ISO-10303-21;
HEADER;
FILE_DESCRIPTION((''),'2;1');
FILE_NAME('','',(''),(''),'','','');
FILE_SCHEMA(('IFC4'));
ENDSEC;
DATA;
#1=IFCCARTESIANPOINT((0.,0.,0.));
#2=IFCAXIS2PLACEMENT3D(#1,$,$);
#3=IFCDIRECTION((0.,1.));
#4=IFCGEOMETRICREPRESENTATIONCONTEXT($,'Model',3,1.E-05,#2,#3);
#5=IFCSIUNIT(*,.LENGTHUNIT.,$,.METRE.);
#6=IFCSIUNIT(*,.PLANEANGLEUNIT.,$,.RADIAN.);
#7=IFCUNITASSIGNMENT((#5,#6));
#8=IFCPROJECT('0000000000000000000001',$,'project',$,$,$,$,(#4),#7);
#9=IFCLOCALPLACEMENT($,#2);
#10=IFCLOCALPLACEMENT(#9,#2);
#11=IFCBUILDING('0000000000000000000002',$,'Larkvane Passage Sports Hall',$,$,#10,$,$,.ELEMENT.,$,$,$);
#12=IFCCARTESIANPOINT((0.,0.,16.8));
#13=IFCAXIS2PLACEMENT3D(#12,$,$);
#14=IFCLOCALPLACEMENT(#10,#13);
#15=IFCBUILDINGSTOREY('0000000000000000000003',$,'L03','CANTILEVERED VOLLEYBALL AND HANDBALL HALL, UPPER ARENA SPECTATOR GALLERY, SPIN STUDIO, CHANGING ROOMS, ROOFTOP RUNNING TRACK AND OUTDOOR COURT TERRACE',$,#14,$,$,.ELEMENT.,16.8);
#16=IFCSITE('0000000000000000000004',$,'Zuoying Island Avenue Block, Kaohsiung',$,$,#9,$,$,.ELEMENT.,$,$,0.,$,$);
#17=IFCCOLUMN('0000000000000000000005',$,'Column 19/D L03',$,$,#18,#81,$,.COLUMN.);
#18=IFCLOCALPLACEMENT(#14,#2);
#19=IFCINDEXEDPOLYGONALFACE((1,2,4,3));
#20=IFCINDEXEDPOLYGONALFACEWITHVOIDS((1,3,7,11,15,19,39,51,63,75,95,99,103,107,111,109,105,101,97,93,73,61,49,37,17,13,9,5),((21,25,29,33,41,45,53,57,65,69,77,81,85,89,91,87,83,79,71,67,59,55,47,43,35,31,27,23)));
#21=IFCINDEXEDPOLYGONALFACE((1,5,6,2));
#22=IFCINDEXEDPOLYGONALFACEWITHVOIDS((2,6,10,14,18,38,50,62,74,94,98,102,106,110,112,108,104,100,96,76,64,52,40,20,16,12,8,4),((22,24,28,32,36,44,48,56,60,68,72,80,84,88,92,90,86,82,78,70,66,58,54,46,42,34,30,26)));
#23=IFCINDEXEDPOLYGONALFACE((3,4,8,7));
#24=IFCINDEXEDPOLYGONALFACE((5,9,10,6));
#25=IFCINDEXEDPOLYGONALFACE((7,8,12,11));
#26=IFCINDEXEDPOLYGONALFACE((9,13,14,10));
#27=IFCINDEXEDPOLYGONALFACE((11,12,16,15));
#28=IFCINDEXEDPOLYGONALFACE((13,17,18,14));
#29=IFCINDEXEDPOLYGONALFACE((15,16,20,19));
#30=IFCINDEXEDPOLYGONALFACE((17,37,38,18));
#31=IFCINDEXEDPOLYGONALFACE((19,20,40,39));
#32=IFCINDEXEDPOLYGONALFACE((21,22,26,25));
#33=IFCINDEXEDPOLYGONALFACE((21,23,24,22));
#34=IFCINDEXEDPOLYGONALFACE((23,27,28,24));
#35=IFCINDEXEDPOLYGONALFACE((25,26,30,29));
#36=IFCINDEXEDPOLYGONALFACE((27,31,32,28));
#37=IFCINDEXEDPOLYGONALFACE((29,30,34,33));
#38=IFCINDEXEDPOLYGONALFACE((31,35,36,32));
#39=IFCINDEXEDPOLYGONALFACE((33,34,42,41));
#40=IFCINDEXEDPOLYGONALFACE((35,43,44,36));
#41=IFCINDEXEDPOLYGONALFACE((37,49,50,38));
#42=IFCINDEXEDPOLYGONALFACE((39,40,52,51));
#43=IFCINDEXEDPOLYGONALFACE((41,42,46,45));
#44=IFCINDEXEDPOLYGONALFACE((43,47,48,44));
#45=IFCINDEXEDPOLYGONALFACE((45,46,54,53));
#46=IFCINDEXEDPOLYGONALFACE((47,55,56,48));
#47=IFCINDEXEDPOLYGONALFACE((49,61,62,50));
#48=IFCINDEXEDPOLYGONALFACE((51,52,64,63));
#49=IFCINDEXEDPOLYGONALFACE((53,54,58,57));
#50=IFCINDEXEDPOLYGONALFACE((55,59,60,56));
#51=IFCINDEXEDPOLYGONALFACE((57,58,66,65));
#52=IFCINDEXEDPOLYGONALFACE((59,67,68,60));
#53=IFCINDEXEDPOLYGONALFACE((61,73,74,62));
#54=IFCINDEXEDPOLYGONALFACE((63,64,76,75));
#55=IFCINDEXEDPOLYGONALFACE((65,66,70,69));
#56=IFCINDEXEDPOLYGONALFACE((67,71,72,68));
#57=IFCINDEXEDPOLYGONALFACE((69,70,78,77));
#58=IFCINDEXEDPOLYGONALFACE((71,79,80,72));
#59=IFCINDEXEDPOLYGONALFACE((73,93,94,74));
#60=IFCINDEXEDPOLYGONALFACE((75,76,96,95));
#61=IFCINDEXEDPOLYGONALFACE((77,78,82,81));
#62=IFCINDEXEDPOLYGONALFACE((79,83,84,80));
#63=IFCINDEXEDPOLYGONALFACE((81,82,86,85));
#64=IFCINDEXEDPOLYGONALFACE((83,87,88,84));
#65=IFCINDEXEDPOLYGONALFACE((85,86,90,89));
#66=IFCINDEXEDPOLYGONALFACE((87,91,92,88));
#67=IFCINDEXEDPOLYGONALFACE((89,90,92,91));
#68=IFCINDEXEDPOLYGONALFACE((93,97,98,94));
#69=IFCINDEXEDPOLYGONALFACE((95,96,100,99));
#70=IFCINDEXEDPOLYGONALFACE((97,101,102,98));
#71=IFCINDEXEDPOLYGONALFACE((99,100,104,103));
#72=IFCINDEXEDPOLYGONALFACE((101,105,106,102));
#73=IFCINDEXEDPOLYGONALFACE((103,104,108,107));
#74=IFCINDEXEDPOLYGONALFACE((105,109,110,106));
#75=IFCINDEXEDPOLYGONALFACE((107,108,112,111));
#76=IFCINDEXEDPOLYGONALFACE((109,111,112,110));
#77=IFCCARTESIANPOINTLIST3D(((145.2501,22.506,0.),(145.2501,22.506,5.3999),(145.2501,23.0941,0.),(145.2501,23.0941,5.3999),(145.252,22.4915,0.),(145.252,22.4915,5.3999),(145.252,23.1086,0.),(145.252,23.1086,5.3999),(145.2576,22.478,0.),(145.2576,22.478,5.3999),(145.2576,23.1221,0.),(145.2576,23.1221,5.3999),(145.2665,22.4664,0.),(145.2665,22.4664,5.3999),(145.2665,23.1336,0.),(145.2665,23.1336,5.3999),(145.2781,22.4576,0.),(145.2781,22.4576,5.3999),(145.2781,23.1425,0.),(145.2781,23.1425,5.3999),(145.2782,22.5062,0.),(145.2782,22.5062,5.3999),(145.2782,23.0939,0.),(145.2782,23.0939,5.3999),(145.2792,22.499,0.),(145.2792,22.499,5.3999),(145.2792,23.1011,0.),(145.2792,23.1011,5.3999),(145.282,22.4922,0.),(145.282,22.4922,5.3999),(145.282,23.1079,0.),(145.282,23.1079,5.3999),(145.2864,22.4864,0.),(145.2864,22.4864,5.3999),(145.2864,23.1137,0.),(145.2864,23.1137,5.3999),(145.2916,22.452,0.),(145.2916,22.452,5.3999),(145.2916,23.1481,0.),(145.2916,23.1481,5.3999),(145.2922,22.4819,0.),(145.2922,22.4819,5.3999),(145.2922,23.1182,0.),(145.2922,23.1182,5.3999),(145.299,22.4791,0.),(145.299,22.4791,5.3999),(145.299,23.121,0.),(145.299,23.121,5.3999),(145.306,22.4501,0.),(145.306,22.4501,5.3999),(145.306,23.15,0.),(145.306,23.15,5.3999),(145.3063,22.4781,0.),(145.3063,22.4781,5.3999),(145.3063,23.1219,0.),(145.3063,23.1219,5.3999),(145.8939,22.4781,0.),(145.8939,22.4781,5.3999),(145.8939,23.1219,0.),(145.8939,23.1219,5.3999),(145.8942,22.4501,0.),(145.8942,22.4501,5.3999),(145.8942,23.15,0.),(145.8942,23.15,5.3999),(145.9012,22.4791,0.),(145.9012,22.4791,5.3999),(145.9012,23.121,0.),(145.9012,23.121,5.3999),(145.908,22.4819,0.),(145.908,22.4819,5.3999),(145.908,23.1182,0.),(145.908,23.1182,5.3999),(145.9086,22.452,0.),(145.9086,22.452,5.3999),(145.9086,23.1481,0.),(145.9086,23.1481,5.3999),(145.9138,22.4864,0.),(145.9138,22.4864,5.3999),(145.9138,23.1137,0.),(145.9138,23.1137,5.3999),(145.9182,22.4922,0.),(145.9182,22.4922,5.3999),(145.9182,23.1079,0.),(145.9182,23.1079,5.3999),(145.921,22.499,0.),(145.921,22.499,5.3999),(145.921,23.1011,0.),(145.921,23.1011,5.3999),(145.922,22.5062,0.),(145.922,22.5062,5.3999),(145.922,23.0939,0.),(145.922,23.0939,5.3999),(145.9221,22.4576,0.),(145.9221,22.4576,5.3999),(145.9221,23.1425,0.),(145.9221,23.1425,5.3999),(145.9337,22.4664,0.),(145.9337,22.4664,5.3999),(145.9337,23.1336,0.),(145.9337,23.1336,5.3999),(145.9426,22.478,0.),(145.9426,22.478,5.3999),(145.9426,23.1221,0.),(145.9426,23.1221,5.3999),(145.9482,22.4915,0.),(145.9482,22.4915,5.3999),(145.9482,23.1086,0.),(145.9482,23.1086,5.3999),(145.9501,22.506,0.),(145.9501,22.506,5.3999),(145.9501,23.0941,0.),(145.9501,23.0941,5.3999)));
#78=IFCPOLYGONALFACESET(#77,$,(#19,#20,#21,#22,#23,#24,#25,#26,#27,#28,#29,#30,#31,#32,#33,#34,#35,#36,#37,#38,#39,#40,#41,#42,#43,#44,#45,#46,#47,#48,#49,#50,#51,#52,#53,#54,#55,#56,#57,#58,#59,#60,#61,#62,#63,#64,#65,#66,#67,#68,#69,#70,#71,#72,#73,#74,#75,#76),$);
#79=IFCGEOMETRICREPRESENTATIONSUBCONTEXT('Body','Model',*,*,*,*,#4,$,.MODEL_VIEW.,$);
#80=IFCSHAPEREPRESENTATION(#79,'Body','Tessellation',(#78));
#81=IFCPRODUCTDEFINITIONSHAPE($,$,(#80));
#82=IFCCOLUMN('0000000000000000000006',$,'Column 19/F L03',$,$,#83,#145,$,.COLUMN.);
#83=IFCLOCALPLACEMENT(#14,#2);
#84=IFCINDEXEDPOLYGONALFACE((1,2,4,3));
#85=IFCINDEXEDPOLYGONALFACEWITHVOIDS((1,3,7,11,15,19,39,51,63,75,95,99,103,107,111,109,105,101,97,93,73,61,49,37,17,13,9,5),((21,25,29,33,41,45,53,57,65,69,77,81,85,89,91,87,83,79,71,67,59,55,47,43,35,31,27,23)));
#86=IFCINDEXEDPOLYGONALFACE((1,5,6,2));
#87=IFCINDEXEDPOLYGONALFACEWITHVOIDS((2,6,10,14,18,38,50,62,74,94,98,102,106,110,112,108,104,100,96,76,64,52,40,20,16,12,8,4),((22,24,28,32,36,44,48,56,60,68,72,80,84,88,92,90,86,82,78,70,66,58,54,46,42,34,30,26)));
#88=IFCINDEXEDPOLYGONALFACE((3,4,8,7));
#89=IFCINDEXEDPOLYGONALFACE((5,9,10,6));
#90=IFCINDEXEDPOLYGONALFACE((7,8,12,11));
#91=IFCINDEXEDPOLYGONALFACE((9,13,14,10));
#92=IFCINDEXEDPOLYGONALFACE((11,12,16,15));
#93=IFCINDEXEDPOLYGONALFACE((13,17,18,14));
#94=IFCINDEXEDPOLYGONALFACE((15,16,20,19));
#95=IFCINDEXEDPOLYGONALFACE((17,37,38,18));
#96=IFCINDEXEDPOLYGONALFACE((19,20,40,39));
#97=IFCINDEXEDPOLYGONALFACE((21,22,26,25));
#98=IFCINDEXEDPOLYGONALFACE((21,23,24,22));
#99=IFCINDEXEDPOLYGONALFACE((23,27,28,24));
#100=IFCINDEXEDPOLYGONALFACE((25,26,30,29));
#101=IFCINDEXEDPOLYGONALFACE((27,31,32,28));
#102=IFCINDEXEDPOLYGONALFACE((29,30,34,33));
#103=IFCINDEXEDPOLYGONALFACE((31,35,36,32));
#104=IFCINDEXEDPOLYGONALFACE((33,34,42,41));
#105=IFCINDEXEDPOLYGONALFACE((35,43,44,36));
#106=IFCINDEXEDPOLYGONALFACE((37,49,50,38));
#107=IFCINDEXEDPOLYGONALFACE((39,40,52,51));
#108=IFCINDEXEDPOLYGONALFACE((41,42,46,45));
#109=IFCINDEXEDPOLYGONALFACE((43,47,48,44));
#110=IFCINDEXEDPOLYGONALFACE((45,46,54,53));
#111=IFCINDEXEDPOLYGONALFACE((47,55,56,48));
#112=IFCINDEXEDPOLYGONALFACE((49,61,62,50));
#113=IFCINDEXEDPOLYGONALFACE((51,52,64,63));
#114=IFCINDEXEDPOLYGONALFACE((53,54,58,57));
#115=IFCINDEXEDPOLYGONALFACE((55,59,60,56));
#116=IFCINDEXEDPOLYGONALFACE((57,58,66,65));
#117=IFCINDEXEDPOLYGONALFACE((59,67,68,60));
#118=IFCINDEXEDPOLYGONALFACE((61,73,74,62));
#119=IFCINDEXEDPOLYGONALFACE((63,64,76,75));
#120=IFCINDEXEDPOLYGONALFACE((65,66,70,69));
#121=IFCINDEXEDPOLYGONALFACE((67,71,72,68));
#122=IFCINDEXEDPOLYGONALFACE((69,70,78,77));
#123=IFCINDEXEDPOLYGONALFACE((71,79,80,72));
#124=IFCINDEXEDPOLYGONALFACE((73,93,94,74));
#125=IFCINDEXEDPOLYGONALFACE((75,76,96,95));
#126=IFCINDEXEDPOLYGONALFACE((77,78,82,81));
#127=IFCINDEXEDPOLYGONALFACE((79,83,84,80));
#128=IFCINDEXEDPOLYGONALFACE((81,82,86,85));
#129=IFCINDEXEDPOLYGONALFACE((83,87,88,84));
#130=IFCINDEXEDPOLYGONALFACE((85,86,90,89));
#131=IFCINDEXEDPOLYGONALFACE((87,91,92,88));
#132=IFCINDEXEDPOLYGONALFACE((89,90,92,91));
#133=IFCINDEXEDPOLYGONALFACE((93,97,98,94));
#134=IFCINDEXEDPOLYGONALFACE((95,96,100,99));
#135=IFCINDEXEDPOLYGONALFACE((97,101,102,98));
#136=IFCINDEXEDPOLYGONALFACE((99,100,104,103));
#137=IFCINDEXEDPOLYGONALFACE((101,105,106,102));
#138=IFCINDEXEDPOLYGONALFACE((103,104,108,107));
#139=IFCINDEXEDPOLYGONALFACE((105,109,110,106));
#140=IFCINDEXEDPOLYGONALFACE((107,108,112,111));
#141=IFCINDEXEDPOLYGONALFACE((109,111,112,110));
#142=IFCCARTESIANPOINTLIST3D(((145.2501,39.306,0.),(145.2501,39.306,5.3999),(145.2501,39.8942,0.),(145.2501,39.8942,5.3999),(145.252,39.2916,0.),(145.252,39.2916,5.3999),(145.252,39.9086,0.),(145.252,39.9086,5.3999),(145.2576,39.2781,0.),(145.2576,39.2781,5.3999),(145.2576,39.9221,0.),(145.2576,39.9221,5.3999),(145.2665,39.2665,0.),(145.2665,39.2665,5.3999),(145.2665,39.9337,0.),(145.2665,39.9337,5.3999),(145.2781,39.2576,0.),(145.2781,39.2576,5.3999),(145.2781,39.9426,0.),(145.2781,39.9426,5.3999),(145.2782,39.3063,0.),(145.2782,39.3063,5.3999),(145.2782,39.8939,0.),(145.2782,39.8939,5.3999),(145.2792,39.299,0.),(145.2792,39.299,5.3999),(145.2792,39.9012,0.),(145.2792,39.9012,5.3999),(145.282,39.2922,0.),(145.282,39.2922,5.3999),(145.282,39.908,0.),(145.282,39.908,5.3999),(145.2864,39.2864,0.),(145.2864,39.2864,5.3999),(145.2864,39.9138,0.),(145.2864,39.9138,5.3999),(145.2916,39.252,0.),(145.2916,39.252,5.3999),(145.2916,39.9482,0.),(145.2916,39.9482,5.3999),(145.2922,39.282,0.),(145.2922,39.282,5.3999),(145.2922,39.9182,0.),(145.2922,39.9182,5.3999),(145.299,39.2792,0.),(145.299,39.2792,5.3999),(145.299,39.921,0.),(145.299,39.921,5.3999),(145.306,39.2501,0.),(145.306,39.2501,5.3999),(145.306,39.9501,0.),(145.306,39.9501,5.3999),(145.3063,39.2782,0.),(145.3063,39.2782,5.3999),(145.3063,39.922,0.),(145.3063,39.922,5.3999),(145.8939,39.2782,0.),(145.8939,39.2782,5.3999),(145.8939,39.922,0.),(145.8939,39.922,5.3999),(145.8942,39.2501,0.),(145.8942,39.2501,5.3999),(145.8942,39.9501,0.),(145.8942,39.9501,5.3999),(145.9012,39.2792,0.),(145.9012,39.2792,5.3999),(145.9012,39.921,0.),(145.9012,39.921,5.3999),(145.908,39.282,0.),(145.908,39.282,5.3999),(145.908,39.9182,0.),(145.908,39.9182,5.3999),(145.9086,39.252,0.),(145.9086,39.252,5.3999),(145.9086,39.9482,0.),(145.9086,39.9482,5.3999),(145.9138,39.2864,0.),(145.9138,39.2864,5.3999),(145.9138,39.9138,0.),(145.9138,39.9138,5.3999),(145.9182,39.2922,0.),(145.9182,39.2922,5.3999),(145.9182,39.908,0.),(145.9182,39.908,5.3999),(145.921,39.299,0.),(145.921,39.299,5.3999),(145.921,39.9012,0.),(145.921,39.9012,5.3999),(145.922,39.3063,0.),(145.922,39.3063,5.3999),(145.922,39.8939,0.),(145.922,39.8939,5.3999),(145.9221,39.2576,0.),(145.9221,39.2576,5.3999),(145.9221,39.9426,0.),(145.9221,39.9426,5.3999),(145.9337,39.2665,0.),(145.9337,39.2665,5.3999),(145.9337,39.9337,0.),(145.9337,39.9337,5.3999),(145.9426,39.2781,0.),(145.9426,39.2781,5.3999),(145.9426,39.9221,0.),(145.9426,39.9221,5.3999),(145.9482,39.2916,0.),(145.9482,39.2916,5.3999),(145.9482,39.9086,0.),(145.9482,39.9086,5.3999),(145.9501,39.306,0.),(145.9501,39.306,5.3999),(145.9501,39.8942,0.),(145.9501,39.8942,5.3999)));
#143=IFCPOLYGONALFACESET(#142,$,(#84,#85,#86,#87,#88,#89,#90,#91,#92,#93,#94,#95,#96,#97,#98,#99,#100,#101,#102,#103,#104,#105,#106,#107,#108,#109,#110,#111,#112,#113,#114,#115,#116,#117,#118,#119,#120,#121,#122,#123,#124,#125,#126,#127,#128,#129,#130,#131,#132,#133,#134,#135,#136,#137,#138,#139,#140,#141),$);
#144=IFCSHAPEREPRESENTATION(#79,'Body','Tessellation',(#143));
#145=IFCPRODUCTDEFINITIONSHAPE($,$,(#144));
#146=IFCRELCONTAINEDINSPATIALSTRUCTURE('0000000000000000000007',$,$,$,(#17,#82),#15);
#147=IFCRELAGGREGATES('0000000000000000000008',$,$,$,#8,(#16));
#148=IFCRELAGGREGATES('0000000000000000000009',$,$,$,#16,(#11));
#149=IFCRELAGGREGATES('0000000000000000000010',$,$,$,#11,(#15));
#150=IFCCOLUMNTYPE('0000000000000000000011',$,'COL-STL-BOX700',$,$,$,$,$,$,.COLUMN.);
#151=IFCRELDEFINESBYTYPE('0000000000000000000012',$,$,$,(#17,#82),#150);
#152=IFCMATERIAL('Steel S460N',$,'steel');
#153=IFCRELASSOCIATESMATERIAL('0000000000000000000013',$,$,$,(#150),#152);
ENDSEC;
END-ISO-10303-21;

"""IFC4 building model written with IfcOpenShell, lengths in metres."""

from ifc_helpers import new_model, si_unit, direction, frame, origin, origin_2d, place, context, subcontext, project, spatial, hollow_rectangle, extrude, material, material_profile, profile_set, type_object, element, save


model = new_model("IFC4")

# Units and contexts
model_context = context("Model", 3, precision=1e-05, world=origin(), true_north=direction((0.0, 1.0)))
body_context = subcontext(model_context, "Body", "Model", "MODEL_VIEW")
ifc_project = project(units=[si_unit("LENGTHUNIT", "METRE"), si_unit("PLANEANGLEUNIT", "RADIAN")], contexts=[model_context])

# Site, building, storey
site_placement = place(None, origin())
site = spatial("IfcSite", under=ifc_project, at=site_placement, Name="Zuoying Island Avenue Block, Kaohsiung", CompositionType="ELEMENT", RefElevation=0.0)
building_placement = place(site_placement, origin())
building = spatial("IfcBuilding", under=site, at=building_placement, Name="Larkvane Passage Sports Hall", CompositionType="ELEMENT")
storey_placement = place(building_placement, frame((0.0, 0.0, 16.8)))
storey = spatial("IfcBuildingStorey", under=building, at=storey_placement, Name="L03", Description="CANTILEVERED VOLLEYBALL AND HANDBALL HALL, UPPER ARENA SPECTATOR GALLERY, SPIN STUDIO, CHANGING ROOMS, ROOFTOP RUNNING TRACK AND OUTDOOR COURT TERRACE", CompositionType="ELEMENT", Elevation=16.8)

# Columns
ifc_material_1 = material(Name="Steel S460N", Category="steel")
ifc_material_profile_1 = material_profile(ifc_material_1, hollow_rectangle(XDim=0.7, YDim=0.7, WallThickness=0.0281, InnerFilletRadius=0.0281, OuterFilletRadius=0.0559, at=origin_2d()), Name="BOX-700x700x28")
ifc_profile_set_1 = profile_set([ifc_material_profile_1], Name="Steel S460N")
column_type_1 = type_object("IfcColumnType", Name="COL-STL-BOX700", PredefinedType="COLUMN", material=ifc_profile_set_1)
for number, where, z_axis, x_axis, name in (
    (1, (145.6001, 22.8, 0.0), (0.0, 0.0, 1.0), (1.0, 0.0, 0.0), "Column 19/D L03"),
    (2, (145.6001, 39.6001, 0.0), (0.0, 0.0, 1.0), (1.0, 0.0, 0.0), "Column 19/F L03"),
):
    element("IfcColumn", number, at=place(storey_placement, frame(where, z_axis=z_axis, x_axis=x_axis)), inside=storey, type_object=column_type_1, Name=name, PredefinedType="COLUMN", context=body_context, shape_type="SweptSolid", body=[
        extrude(hollow_rectangle(XDim=0.7, YDim=0.7, WallThickness=0.0281, InnerFilletRadius=0.0281, OuterFilletRadius=0.0559, at=origin_2d()), origin(), (0.0, 0.0, 1.0), 5.3999),
    ])

save(model, "model.ifc")
